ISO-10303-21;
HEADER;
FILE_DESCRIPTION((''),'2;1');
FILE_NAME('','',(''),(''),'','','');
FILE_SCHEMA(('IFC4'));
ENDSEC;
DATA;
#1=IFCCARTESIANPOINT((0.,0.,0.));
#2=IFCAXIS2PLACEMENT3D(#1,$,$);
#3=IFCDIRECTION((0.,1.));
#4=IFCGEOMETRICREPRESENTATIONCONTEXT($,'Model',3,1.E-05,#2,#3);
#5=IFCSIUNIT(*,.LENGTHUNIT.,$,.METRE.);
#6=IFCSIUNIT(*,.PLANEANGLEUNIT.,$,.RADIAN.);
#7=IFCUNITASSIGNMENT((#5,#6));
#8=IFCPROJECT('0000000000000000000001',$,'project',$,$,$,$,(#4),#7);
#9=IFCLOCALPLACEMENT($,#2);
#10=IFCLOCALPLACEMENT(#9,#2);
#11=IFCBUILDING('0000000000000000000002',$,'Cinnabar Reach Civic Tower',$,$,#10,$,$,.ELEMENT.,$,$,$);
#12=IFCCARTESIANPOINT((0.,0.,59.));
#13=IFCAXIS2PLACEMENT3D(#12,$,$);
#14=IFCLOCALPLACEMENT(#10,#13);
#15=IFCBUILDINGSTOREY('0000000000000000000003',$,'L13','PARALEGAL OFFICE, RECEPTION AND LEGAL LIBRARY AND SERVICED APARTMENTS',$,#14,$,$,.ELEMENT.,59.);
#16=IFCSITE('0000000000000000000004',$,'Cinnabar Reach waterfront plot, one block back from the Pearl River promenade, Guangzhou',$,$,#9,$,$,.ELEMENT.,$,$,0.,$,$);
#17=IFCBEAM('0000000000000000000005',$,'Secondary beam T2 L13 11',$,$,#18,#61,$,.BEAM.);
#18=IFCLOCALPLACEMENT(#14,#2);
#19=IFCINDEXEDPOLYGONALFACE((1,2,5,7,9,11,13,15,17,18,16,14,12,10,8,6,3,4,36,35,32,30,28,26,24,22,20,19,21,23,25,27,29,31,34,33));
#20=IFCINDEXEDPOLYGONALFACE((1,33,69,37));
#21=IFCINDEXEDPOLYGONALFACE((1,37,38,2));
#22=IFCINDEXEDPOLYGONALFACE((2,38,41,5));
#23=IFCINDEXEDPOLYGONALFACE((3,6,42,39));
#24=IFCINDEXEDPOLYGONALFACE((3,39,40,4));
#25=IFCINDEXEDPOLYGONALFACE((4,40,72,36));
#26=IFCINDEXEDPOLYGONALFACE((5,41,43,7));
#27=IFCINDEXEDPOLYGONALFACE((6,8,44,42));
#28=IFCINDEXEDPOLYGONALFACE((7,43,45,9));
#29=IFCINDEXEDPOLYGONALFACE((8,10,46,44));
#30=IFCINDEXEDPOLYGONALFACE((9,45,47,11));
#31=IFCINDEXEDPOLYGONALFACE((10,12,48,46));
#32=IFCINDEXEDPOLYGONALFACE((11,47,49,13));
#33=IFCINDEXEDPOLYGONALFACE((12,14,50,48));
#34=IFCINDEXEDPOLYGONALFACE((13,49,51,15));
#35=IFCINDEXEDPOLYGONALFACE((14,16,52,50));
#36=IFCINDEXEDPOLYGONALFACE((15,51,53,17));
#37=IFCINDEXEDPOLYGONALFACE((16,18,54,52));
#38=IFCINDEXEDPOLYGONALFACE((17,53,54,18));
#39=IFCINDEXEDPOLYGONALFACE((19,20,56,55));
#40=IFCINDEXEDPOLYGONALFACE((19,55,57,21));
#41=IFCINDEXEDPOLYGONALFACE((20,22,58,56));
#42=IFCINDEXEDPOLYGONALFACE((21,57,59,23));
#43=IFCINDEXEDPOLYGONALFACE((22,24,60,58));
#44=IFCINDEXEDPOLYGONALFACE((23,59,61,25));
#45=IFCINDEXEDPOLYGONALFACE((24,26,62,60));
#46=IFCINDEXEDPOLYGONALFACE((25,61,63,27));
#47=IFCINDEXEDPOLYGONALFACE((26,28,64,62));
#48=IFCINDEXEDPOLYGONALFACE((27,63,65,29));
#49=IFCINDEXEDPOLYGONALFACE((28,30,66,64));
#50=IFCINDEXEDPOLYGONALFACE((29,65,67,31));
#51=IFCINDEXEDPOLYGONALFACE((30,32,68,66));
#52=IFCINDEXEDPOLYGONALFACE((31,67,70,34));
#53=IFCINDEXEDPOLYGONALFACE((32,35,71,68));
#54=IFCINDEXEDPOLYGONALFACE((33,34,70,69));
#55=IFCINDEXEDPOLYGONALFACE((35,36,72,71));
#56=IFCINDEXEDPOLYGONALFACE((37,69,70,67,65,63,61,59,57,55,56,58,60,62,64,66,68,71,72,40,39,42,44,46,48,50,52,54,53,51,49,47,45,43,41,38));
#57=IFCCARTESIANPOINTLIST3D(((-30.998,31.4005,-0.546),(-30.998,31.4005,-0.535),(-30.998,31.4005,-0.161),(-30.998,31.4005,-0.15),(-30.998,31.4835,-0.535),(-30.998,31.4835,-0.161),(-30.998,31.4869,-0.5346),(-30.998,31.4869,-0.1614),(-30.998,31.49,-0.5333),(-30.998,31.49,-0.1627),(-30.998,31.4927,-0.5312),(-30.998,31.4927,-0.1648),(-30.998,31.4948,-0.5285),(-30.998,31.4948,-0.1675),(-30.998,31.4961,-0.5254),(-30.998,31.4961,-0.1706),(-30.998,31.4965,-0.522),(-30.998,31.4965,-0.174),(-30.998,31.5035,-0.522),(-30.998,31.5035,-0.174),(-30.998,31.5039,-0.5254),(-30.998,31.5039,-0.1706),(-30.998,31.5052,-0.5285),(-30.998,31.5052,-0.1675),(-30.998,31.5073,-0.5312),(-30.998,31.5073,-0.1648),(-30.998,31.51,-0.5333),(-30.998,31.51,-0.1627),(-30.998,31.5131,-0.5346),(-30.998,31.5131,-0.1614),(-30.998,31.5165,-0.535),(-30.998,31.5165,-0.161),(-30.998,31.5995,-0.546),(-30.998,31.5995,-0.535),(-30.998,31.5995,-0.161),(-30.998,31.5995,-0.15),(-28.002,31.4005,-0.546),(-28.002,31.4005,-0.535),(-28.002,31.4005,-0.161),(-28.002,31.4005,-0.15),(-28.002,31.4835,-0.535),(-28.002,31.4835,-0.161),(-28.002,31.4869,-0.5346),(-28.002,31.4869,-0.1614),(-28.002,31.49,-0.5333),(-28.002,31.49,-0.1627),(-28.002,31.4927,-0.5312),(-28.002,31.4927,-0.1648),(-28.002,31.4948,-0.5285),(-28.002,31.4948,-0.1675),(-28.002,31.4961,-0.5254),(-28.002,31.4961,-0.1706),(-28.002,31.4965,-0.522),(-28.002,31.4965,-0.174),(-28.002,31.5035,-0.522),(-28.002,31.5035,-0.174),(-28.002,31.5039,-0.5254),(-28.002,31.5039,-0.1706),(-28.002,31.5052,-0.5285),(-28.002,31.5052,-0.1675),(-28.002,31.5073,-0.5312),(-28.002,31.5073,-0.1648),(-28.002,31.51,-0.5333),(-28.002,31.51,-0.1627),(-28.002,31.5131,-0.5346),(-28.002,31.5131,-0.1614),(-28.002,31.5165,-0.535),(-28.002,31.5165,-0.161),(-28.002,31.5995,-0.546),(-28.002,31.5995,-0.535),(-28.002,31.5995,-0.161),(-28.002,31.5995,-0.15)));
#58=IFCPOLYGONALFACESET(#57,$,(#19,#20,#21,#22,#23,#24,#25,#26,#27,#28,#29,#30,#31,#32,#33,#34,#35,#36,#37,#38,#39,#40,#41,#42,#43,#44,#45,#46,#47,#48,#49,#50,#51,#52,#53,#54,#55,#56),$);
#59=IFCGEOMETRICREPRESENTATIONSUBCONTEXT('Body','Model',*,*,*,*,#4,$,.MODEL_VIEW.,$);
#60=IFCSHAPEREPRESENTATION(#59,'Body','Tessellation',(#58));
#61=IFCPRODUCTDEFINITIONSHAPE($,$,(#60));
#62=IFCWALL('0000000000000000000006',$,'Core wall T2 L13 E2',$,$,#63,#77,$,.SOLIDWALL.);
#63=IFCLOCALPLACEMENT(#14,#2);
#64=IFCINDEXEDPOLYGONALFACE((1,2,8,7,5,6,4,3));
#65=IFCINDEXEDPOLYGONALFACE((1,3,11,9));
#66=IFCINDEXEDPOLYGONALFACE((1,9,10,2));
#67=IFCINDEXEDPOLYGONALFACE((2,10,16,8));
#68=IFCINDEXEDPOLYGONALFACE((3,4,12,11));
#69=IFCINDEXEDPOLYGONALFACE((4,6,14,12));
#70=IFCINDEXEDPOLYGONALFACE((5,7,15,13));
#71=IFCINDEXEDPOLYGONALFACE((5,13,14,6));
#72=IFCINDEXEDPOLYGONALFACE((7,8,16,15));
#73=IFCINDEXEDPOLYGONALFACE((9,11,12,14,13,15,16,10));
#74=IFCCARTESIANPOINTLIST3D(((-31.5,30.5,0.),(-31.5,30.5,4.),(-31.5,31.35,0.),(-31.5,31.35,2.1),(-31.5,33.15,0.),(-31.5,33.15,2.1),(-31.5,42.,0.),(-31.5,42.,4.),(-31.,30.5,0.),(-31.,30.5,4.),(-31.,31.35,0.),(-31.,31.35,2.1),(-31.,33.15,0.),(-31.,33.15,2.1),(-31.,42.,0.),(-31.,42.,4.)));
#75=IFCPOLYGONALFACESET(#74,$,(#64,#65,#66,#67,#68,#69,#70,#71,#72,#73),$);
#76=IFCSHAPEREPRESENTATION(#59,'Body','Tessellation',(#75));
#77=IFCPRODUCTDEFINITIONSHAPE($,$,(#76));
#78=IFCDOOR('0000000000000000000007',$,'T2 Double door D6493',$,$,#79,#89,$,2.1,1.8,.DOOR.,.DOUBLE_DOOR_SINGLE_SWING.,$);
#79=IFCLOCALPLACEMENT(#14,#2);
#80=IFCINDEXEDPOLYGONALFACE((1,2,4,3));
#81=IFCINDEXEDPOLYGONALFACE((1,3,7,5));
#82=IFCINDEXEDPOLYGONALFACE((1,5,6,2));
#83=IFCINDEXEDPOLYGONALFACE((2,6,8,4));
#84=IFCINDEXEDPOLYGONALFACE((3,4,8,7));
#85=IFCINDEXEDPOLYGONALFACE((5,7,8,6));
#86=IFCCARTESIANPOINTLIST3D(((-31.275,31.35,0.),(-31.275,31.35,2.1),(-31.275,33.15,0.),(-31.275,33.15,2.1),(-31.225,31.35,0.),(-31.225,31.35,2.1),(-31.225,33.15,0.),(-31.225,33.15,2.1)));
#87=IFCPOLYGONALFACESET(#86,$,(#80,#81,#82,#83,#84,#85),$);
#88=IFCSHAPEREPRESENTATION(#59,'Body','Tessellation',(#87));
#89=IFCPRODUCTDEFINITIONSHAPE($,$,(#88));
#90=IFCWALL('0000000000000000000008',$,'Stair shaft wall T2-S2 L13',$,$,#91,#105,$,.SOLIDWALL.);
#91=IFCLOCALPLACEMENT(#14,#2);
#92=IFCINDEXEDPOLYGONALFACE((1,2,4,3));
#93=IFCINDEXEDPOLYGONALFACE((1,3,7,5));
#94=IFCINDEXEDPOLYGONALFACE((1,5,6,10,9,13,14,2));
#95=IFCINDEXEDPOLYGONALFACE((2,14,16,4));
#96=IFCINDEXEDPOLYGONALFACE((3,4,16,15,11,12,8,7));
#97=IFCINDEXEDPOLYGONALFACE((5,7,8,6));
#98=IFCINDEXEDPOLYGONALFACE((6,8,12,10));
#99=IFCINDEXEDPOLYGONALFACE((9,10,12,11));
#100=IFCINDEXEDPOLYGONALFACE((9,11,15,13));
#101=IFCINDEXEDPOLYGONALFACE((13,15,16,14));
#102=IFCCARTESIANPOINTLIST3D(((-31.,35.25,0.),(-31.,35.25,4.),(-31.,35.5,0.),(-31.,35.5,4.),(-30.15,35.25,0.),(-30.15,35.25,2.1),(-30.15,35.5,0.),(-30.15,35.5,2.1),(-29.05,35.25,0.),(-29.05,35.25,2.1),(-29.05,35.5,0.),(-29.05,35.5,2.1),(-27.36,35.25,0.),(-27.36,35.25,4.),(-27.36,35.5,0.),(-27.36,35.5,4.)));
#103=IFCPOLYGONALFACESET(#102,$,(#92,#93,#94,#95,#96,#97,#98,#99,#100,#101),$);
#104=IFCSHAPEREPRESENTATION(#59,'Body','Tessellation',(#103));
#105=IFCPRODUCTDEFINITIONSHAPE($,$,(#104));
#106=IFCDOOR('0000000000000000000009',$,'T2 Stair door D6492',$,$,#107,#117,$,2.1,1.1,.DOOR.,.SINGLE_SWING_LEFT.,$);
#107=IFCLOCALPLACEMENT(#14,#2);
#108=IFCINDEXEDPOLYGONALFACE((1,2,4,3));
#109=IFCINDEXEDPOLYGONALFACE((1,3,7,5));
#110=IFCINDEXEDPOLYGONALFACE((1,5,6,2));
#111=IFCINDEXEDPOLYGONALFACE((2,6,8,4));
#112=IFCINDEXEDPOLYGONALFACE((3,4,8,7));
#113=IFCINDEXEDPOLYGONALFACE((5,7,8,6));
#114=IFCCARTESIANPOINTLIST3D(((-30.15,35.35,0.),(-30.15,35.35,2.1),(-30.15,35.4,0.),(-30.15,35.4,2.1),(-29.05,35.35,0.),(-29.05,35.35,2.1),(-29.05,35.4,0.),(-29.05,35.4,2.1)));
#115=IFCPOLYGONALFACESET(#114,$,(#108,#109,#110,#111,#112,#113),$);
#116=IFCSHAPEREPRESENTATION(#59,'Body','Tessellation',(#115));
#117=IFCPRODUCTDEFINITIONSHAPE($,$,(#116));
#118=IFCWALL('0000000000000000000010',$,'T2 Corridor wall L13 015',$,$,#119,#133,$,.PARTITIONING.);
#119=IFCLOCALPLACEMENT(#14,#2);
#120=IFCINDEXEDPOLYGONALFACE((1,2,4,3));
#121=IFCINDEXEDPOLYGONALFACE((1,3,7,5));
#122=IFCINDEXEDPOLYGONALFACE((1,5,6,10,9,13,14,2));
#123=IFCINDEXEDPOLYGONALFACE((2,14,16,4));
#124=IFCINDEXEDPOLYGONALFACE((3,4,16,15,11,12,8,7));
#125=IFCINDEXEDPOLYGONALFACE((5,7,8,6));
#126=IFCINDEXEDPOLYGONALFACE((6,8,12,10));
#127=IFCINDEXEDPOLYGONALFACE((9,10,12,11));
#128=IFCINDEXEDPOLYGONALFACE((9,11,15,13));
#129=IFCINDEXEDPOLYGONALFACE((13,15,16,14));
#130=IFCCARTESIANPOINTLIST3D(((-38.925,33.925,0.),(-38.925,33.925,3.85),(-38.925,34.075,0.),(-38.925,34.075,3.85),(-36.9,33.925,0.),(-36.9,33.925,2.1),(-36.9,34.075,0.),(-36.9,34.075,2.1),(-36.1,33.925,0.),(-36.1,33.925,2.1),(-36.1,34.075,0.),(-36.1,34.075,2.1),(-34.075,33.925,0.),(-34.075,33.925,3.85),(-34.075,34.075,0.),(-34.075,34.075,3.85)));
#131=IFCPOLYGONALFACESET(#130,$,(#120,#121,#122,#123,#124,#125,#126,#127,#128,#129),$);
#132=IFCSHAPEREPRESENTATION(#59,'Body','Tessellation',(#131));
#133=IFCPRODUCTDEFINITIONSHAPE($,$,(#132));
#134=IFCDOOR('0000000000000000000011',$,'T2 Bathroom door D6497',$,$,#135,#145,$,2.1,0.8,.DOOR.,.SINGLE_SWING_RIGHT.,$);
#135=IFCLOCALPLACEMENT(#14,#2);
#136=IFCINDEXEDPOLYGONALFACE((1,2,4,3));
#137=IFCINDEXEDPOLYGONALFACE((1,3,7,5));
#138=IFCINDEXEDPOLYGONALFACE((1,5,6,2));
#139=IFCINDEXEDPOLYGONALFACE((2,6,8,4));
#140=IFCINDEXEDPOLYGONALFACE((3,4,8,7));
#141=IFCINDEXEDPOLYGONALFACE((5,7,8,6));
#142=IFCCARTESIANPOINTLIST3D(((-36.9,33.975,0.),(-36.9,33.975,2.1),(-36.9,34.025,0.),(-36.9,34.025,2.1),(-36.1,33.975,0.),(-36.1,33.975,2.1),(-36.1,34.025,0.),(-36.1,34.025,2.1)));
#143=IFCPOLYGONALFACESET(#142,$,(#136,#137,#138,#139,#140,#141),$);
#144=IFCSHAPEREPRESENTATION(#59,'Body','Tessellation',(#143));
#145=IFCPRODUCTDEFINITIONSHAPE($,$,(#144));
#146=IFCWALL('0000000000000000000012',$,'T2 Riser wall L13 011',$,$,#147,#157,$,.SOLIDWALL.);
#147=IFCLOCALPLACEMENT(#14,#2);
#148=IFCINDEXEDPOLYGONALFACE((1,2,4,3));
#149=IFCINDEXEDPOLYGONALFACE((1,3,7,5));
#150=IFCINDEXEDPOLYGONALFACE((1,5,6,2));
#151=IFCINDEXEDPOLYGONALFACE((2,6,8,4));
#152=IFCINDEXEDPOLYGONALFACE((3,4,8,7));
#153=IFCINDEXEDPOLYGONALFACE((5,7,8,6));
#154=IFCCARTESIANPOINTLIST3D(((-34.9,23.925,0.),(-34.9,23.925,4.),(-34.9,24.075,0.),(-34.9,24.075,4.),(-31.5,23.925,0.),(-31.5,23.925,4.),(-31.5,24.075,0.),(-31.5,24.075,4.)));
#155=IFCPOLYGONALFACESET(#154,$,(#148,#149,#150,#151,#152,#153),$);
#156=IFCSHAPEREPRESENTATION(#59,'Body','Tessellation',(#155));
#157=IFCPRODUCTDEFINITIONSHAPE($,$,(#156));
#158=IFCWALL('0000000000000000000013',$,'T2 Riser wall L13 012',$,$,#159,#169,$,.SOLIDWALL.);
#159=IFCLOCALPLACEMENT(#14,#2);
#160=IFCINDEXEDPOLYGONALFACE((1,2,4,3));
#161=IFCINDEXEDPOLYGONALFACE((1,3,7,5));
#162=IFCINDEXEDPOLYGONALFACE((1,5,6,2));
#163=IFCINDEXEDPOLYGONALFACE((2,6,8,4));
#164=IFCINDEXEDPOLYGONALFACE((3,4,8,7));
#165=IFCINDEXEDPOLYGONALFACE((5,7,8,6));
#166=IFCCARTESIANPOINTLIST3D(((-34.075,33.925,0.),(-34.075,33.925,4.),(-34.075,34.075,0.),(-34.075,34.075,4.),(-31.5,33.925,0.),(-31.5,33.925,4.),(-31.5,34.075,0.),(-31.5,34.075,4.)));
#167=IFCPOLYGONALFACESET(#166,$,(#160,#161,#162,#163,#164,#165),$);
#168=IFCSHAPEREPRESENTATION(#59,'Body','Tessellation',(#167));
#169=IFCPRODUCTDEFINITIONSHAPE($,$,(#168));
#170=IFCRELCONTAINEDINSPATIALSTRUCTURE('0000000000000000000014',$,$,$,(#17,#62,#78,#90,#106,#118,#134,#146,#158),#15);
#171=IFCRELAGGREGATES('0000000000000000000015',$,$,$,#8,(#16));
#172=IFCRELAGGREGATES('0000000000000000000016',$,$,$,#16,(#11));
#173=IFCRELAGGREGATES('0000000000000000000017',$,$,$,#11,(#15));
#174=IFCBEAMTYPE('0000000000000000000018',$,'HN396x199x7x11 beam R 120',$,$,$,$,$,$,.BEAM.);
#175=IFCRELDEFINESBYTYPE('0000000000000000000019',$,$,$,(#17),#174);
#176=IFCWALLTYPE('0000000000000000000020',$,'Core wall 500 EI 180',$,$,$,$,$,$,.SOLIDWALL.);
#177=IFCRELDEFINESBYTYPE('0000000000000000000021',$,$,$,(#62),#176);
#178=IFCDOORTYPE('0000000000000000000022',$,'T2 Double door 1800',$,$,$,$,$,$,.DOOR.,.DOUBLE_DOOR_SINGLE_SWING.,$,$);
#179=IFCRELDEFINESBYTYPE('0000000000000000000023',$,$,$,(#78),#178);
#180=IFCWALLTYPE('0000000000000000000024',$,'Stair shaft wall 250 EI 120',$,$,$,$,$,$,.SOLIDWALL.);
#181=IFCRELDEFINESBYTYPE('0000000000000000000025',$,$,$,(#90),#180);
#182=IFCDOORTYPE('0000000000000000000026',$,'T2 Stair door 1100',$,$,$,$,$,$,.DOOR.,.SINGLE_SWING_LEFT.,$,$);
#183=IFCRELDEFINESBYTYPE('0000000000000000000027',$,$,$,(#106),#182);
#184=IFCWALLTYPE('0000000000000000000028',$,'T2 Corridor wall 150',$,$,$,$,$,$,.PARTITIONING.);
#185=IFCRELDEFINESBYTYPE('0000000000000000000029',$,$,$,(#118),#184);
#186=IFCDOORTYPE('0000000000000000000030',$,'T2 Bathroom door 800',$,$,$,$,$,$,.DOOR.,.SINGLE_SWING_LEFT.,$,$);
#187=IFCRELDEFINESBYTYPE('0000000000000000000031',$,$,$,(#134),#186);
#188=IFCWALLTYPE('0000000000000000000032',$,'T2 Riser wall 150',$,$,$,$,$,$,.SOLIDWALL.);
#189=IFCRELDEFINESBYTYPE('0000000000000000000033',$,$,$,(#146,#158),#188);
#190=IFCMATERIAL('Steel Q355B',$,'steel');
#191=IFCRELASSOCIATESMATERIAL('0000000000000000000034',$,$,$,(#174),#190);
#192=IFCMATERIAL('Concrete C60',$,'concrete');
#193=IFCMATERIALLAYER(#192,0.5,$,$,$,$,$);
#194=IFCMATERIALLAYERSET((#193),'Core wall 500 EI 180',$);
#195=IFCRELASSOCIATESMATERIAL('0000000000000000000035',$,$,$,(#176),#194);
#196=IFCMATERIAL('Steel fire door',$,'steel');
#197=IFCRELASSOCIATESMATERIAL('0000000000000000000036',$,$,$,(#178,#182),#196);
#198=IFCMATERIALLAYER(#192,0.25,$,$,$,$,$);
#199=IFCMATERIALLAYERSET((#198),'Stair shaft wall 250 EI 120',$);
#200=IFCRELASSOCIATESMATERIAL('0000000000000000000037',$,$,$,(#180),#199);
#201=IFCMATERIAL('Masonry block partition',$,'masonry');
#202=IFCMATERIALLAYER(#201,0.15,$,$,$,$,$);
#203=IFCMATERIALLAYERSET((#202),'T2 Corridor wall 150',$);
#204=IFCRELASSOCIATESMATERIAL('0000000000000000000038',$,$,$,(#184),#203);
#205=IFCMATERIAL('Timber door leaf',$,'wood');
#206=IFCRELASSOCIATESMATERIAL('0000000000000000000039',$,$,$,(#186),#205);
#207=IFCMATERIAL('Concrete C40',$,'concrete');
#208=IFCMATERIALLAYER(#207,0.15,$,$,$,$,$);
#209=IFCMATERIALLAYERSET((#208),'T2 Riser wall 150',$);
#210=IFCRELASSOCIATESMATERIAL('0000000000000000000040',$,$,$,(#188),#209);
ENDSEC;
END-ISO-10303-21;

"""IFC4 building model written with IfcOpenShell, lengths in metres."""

from ifc_helpers import new_model, si_unit, direction, frame, frame_2d, origin, origin_2d, place, context, subcontext, project, spatial, rectangle, i_section, extrude, material, layer, layer_set, material_profile, profile_set, type_object, element, fill, save


model = new_model("IFC4")

# Units and contexts
model_context = context("Model", 3, precision=1e-05, world=origin(), true_north=direction((0.0, 1.0)))
body_context = subcontext(model_context, "Body", "Model", "MODEL_VIEW")
ifc_project = project(units=[si_unit("LENGTHUNIT", "METRE"), si_unit("PLANEANGLEUNIT", "RADIAN")], contexts=[model_context])

# Site, building, storey
site_placement = place(None, origin())
site = spatial("IfcSite", under=ifc_project, at=site_placement, Name="Cinnabar Reach waterfront plot, one block back from the Pearl River promenade, Guangzhou", CompositionType="ELEMENT", RefElevation=0.0)
building_placement = place(site_placement, origin())
building = spatial("IfcBuilding", under=site, at=building_placement, Name="Cinnabar Reach Civic Tower", CompositionType="ELEMENT")
storey_placement = place(building_placement, frame((0.0, 0.0, 59.0)))
storey = spatial("IfcBuildingStorey", under=building, at=storey_placement, Name="L13", Description="PARALEGAL OFFICE, RECEPTION AND LEGAL LIBRARY AND SERVICED APARTMENTS", CompositionType="ELEMENT", Elevation=59.0)

# Beam
ifc_material_1 = material(Name="Steel Q355B", Category="steel")
ifc_material_profile = material_profile(ifc_material_1, i_section(OverallWidth=0.199, OverallDepth=0.396, WebThickness=0.007, FlangeThickness=0.011, FilletRadius=0.013, at=origin_2d()), Name="HN396x199x7x11")
ifc_profile_set = profile_set([ifc_material_profile], Name="Steel Q355B")
beam_type = type_object("IfcBeamType", Name="HN396x199x7x11 beam R 120", PredefinedType="BEAM", material=ifc_profile_set)
beam_placement = place(storey_placement, frame((-30.998, 31.5, -0.348), z_axis=(1.0, 0.0, 0.0), x_axis=(0.0, 1.0, 0.0)))
element("IfcBeam", 1, at=beam_placement, inside=storey, type_object=beam_type, Name="Secondary beam T2 L13 11", PredefinedType="BEAM", context=body_context, shape_type="SweptSolid", body=[
    extrude(i_section(OverallWidth=0.199, OverallDepth=0.396, WebThickness=0.007, FlangeThickness=0.011, FilletRadius=0.013, at=origin_2d()), origin(), (0.0, 0.0, 1.0), 2.996),
])

# Walls, openings, doors
ifc_material_2 = material(Name="Concrete C60", Category="concrete")
ifc_layer_1 = layer(ifc_material_2, 0.5)
ifc_layer_set_1 = layer_set([ifc_layer_1], Name="Core wall 500 EI 180")
wall_type_1 = type_object("IfcWallType", Name="Core wall 500 EI 180", PredefinedType="SOLIDWALL", material=ifc_layer_set_1)
wall_1_placement = place(storey_placement, frame((-31.25, 30.5, 0.0), z_axis=(0.0, 0.0, 1.0), x_axis=(0.0, 1.0, 0.0)))
wall_1 = element("IfcWall", 2, at=wall_1_placement, inside=storey, type_object=wall_type_1, Name="Core wall T2 L13 E2", PredefinedType="SOLIDWALL", context=body_context, shape_type="SweptSolid", body=[
    extrude(rectangle(XDim=11.5, YDim=0.5, at=frame_2d((5.75, 0.0))), origin(), (0.0, 0.0, 1.0), 4.0),
])
opening_1_placement = place(wall_1_placement, frame((0.85, 0.0, 0.0)))
opening_1 = element("IfcOpeningElement", 3, at=opening_1_placement, cuts=wall_1, PredefinedType="OPENING", context=body_context, shape_type="SweptSolid", body=[
    extrude(rectangle(XDim=1.8, YDim=2.1, at=frame_2d((0.9, 1.05))), frame((0.0, 0.26, 0.0), z_axis=(0.0, -1.0, 0.0), x_axis=(1.0, 0.0, 0.0)), (0.0, 0.0, 1.0), 0.52),
])
ifc_material_3 = material(Name="Steel fire door", Category="steel")
door_type_1 = type_object("IfcDoorType", Name="T2 Double door 1800", OperationType="DOUBLE_DOOR_SINGLE_SWING", PredefinedType="DOOR", material=ifc_material_3)
door_1_placement = place(opening_1_placement, origin())
door_1 = element("IfcDoor", 4, at=door_1_placement, inside=storey, type_object=door_type_1, Name="T2 Double door D6493", OperationType="DOUBLE_DOOR_SINGLE_SWING", OverallHeight=2.1, OverallWidth=1.8, PredefinedType="DOOR", context=body_context, shape_type="SweptSolid", body=[
    extrude(rectangle(XDim=1.8, YDim=2.1, at=frame_2d((0.9, 1.05))), frame((0.0, 0.025, 0.0), z_axis=(0.0, -1.0, 0.0), x_axis=(1.0, 0.0, 0.0)), (0.0, 0.0, 1.0), 0.05),
])
fill(opening_1, door_1)
ifc_layer_2 = layer(ifc_material_2, 0.25)
ifc_layer_set_2 = layer_set([ifc_layer_2], Name="Stair shaft wall 250 EI 120")
wall_type_2 = type_object("IfcWallType", Name="Stair shaft wall 250 EI 120", PredefinedType="SOLIDWALL", material=ifc_layer_set_2)
wall_2_placement = place(storey_placement, frame((-31.0, 35.375, 0.0), z_axis=(0.0, 0.0, 1.0), x_axis=(1.0, 0.0, 0.0)))
wall_2 = element("IfcWall", 5, at=wall_2_placement, inside=storey, type_object=wall_type_2, Name="Stair shaft wall T2-S2 L13", PredefinedType="SOLIDWALL", context=body_context, shape_type="SweptSolid", body=[
    extrude(rectangle(XDim=3.64, YDim=0.25, at=frame_2d((1.82, 0.0))), origin(), (0.0, 0.0, 1.0), 4.0),
])
opening_2_placement = place(wall_2_placement, frame((0.85, 0.0, 0.0)))
opening_2 = element("IfcOpeningElement", 6, at=opening_2_placement, cuts=wall_2, PredefinedType="OPENING", context=body_context, shape_type="SweptSolid", body=[
    extrude(rectangle(XDim=1.1, YDim=2.1, at=frame_2d((0.55, 1.05))), frame((0.0, 0.135, 0.0), z_axis=(0.0, -1.0, 0.0), x_axis=(1.0, 0.0, 0.0)), (0.0, 0.0, 1.0), 0.27),
])
door_type_2 = type_object("IfcDoorType", Name="T2 Stair door 1100", OperationType="SINGLE_SWING_LEFT", PredefinedType="DOOR", material=ifc_material_3)
door_2_placement = place(opening_2_placement, origin())
door_2 = element("IfcDoor", 7, at=door_2_placement, inside=storey, type_object=door_type_2, Name="T2 Stair door D6492", OperationType="SINGLE_SWING_LEFT", OverallHeight=2.1, OverallWidth=1.1, PredefinedType="DOOR", context=body_context, shape_type="SweptSolid", body=[
    extrude(rectangle(XDim=1.1, YDim=2.1, at=frame_2d((0.55, 1.05))), frame((0.0, 0.025, 0.0), z_axis=(0.0, -1.0, 0.0), x_axis=(1.0, 0.0, 0.0)), (0.0, 0.0, 1.0), 0.05),
])
fill(opening_2, door_2)
ifc_material_4 = material(Name="Masonry block partition", Category="masonry")
ifc_layer_3 = layer(ifc_material_4, 0.15)
ifc_layer_set_3 = layer_set([ifc_layer_3], Name="T2 Corridor wall 150")
wall_type_3 = type_object("IfcWallType", Name="T2 Corridor wall 150", PredefinedType="PARTITIONING", material=ifc_layer_set_3)
wall_3_placement = place(storey_placement, frame((-34.075, 34.0, 0.0), z_axis=(0.0, 0.0, 1.0), x_axis=(-1.0, 0.0, 0.0)))
wall_3 = element("IfcWall", 8, at=wall_3_placement, inside=storey, type_object=wall_type_3, Name="T2 Corridor wall L13 015", PredefinedType="PARTITIONING", context=body_context, shape_type="SweptSolid", body=[
    extrude(rectangle(XDim=4.85, YDim=0.15, at=frame_2d((2.425, 0.0))), origin(), (0.0, 0.0, 1.0), 3.85),
])
opening_3_placement = place(wall_3_placement, frame((2.025, 0.0, 0.0)))
opening_3 = element("IfcOpeningElement", 9, at=opening_3_placement, cuts=wall_3, PredefinedType="OPENING", context=body_context, shape_type="SweptSolid", body=[
    extrude(rectangle(XDim=0.8, YDim=2.1, at=frame_2d((0.4, 1.05))), frame((0.0, 0.085, 0.0), z_axis=(0.0, -1.0, 0.0), x_axis=(1.0, 0.0, 0.0)), (0.0, 0.0, 1.0), 0.17),
])
ifc_material_5 = material(Name="Timber door leaf", Category="wood")
door_type_3 = type_object("IfcDoorType", Name="T2 Bathroom door 800", OperationType="SINGLE_SWING_LEFT", PredefinedType="DOOR", material=ifc_material_5)
door_3_placement = place(opening_3_placement, frame((0.8, 0.0, 0.0), z_axis=(0.0, 0.0, 1.0), x_axis=(-1.0, 0.0, 0.0)))
door_3 = element("IfcDoor", 10, at=door_3_placement, inside=storey, type_object=door_type_3, Name="T2 Bathroom door D6497", OperationType="SINGLE_SWING_RIGHT", OverallHeight=2.1, OverallWidth=0.8, PredefinedType="DOOR", context=body_context, shape_type="SweptSolid", body=[
    extrude(rectangle(XDim=0.8, YDim=2.1, at=frame_2d((0.4, 1.05))), frame((0.0, 0.025, 0.0), z_axis=(0.0, -1.0, 0.0), x_axis=(1.0, 0.0, 0.0)), (0.0, 0.0, 1.0), 0.05),
])
fill(opening_3, door_3)

# Walls
ifc_material_6 = material(Name="Concrete C40", Category="concrete")
ifc_layer_4 = layer(ifc_material_6, 0.15)
ifc_layer_set_4 = layer_set([ifc_layer_4], Name="T2 Riser wall 150")
wall_type_4 = type_object("IfcWallType", Name="T2 Riser wall 150", PredefinedType="SOLIDWALL", material=ifc_layer_set_4)
wall_4_placement = place(storey_placement, frame((-31.5, 24.0, 0.0), z_axis=(0.0, 0.0, 1.0), x_axis=(-1.0, 0.0, 0.0)))
element("IfcWall", 11, at=wall_4_placement, inside=storey, type_object=wall_type_4, Name="T2 Riser wall L13 011", PredefinedType="SOLIDWALL", context=body_context, shape_type="SweptSolid", body=[
    extrude(rectangle(XDim=3.4, YDim=0.15, at=frame_2d((1.7, 0.0))), origin(), (0.0, 0.0, 1.0), 4.0),
])
wall_5_placement = place(storey_placement, frame((-34.075, 34.0, 0.0), z_axis=(0.0, 0.0, 1.0), x_axis=(1.0, 0.0, 0.0)))
element("IfcWall", 12, at=wall_5_placement, inside=storey, type_object=wall_type_4, Name="T2 Riser wall L13 012", PredefinedType="SOLIDWALL", context=body_context, shape_type="SweptSolid", body=[
    extrude(rectangle(XDim=2.575, YDim=0.15, at=frame_2d((1.2875, 0.0))), origin(), (0.0, 0.0, 1.0), 4.0),
])

save(model, "model.ifc")
